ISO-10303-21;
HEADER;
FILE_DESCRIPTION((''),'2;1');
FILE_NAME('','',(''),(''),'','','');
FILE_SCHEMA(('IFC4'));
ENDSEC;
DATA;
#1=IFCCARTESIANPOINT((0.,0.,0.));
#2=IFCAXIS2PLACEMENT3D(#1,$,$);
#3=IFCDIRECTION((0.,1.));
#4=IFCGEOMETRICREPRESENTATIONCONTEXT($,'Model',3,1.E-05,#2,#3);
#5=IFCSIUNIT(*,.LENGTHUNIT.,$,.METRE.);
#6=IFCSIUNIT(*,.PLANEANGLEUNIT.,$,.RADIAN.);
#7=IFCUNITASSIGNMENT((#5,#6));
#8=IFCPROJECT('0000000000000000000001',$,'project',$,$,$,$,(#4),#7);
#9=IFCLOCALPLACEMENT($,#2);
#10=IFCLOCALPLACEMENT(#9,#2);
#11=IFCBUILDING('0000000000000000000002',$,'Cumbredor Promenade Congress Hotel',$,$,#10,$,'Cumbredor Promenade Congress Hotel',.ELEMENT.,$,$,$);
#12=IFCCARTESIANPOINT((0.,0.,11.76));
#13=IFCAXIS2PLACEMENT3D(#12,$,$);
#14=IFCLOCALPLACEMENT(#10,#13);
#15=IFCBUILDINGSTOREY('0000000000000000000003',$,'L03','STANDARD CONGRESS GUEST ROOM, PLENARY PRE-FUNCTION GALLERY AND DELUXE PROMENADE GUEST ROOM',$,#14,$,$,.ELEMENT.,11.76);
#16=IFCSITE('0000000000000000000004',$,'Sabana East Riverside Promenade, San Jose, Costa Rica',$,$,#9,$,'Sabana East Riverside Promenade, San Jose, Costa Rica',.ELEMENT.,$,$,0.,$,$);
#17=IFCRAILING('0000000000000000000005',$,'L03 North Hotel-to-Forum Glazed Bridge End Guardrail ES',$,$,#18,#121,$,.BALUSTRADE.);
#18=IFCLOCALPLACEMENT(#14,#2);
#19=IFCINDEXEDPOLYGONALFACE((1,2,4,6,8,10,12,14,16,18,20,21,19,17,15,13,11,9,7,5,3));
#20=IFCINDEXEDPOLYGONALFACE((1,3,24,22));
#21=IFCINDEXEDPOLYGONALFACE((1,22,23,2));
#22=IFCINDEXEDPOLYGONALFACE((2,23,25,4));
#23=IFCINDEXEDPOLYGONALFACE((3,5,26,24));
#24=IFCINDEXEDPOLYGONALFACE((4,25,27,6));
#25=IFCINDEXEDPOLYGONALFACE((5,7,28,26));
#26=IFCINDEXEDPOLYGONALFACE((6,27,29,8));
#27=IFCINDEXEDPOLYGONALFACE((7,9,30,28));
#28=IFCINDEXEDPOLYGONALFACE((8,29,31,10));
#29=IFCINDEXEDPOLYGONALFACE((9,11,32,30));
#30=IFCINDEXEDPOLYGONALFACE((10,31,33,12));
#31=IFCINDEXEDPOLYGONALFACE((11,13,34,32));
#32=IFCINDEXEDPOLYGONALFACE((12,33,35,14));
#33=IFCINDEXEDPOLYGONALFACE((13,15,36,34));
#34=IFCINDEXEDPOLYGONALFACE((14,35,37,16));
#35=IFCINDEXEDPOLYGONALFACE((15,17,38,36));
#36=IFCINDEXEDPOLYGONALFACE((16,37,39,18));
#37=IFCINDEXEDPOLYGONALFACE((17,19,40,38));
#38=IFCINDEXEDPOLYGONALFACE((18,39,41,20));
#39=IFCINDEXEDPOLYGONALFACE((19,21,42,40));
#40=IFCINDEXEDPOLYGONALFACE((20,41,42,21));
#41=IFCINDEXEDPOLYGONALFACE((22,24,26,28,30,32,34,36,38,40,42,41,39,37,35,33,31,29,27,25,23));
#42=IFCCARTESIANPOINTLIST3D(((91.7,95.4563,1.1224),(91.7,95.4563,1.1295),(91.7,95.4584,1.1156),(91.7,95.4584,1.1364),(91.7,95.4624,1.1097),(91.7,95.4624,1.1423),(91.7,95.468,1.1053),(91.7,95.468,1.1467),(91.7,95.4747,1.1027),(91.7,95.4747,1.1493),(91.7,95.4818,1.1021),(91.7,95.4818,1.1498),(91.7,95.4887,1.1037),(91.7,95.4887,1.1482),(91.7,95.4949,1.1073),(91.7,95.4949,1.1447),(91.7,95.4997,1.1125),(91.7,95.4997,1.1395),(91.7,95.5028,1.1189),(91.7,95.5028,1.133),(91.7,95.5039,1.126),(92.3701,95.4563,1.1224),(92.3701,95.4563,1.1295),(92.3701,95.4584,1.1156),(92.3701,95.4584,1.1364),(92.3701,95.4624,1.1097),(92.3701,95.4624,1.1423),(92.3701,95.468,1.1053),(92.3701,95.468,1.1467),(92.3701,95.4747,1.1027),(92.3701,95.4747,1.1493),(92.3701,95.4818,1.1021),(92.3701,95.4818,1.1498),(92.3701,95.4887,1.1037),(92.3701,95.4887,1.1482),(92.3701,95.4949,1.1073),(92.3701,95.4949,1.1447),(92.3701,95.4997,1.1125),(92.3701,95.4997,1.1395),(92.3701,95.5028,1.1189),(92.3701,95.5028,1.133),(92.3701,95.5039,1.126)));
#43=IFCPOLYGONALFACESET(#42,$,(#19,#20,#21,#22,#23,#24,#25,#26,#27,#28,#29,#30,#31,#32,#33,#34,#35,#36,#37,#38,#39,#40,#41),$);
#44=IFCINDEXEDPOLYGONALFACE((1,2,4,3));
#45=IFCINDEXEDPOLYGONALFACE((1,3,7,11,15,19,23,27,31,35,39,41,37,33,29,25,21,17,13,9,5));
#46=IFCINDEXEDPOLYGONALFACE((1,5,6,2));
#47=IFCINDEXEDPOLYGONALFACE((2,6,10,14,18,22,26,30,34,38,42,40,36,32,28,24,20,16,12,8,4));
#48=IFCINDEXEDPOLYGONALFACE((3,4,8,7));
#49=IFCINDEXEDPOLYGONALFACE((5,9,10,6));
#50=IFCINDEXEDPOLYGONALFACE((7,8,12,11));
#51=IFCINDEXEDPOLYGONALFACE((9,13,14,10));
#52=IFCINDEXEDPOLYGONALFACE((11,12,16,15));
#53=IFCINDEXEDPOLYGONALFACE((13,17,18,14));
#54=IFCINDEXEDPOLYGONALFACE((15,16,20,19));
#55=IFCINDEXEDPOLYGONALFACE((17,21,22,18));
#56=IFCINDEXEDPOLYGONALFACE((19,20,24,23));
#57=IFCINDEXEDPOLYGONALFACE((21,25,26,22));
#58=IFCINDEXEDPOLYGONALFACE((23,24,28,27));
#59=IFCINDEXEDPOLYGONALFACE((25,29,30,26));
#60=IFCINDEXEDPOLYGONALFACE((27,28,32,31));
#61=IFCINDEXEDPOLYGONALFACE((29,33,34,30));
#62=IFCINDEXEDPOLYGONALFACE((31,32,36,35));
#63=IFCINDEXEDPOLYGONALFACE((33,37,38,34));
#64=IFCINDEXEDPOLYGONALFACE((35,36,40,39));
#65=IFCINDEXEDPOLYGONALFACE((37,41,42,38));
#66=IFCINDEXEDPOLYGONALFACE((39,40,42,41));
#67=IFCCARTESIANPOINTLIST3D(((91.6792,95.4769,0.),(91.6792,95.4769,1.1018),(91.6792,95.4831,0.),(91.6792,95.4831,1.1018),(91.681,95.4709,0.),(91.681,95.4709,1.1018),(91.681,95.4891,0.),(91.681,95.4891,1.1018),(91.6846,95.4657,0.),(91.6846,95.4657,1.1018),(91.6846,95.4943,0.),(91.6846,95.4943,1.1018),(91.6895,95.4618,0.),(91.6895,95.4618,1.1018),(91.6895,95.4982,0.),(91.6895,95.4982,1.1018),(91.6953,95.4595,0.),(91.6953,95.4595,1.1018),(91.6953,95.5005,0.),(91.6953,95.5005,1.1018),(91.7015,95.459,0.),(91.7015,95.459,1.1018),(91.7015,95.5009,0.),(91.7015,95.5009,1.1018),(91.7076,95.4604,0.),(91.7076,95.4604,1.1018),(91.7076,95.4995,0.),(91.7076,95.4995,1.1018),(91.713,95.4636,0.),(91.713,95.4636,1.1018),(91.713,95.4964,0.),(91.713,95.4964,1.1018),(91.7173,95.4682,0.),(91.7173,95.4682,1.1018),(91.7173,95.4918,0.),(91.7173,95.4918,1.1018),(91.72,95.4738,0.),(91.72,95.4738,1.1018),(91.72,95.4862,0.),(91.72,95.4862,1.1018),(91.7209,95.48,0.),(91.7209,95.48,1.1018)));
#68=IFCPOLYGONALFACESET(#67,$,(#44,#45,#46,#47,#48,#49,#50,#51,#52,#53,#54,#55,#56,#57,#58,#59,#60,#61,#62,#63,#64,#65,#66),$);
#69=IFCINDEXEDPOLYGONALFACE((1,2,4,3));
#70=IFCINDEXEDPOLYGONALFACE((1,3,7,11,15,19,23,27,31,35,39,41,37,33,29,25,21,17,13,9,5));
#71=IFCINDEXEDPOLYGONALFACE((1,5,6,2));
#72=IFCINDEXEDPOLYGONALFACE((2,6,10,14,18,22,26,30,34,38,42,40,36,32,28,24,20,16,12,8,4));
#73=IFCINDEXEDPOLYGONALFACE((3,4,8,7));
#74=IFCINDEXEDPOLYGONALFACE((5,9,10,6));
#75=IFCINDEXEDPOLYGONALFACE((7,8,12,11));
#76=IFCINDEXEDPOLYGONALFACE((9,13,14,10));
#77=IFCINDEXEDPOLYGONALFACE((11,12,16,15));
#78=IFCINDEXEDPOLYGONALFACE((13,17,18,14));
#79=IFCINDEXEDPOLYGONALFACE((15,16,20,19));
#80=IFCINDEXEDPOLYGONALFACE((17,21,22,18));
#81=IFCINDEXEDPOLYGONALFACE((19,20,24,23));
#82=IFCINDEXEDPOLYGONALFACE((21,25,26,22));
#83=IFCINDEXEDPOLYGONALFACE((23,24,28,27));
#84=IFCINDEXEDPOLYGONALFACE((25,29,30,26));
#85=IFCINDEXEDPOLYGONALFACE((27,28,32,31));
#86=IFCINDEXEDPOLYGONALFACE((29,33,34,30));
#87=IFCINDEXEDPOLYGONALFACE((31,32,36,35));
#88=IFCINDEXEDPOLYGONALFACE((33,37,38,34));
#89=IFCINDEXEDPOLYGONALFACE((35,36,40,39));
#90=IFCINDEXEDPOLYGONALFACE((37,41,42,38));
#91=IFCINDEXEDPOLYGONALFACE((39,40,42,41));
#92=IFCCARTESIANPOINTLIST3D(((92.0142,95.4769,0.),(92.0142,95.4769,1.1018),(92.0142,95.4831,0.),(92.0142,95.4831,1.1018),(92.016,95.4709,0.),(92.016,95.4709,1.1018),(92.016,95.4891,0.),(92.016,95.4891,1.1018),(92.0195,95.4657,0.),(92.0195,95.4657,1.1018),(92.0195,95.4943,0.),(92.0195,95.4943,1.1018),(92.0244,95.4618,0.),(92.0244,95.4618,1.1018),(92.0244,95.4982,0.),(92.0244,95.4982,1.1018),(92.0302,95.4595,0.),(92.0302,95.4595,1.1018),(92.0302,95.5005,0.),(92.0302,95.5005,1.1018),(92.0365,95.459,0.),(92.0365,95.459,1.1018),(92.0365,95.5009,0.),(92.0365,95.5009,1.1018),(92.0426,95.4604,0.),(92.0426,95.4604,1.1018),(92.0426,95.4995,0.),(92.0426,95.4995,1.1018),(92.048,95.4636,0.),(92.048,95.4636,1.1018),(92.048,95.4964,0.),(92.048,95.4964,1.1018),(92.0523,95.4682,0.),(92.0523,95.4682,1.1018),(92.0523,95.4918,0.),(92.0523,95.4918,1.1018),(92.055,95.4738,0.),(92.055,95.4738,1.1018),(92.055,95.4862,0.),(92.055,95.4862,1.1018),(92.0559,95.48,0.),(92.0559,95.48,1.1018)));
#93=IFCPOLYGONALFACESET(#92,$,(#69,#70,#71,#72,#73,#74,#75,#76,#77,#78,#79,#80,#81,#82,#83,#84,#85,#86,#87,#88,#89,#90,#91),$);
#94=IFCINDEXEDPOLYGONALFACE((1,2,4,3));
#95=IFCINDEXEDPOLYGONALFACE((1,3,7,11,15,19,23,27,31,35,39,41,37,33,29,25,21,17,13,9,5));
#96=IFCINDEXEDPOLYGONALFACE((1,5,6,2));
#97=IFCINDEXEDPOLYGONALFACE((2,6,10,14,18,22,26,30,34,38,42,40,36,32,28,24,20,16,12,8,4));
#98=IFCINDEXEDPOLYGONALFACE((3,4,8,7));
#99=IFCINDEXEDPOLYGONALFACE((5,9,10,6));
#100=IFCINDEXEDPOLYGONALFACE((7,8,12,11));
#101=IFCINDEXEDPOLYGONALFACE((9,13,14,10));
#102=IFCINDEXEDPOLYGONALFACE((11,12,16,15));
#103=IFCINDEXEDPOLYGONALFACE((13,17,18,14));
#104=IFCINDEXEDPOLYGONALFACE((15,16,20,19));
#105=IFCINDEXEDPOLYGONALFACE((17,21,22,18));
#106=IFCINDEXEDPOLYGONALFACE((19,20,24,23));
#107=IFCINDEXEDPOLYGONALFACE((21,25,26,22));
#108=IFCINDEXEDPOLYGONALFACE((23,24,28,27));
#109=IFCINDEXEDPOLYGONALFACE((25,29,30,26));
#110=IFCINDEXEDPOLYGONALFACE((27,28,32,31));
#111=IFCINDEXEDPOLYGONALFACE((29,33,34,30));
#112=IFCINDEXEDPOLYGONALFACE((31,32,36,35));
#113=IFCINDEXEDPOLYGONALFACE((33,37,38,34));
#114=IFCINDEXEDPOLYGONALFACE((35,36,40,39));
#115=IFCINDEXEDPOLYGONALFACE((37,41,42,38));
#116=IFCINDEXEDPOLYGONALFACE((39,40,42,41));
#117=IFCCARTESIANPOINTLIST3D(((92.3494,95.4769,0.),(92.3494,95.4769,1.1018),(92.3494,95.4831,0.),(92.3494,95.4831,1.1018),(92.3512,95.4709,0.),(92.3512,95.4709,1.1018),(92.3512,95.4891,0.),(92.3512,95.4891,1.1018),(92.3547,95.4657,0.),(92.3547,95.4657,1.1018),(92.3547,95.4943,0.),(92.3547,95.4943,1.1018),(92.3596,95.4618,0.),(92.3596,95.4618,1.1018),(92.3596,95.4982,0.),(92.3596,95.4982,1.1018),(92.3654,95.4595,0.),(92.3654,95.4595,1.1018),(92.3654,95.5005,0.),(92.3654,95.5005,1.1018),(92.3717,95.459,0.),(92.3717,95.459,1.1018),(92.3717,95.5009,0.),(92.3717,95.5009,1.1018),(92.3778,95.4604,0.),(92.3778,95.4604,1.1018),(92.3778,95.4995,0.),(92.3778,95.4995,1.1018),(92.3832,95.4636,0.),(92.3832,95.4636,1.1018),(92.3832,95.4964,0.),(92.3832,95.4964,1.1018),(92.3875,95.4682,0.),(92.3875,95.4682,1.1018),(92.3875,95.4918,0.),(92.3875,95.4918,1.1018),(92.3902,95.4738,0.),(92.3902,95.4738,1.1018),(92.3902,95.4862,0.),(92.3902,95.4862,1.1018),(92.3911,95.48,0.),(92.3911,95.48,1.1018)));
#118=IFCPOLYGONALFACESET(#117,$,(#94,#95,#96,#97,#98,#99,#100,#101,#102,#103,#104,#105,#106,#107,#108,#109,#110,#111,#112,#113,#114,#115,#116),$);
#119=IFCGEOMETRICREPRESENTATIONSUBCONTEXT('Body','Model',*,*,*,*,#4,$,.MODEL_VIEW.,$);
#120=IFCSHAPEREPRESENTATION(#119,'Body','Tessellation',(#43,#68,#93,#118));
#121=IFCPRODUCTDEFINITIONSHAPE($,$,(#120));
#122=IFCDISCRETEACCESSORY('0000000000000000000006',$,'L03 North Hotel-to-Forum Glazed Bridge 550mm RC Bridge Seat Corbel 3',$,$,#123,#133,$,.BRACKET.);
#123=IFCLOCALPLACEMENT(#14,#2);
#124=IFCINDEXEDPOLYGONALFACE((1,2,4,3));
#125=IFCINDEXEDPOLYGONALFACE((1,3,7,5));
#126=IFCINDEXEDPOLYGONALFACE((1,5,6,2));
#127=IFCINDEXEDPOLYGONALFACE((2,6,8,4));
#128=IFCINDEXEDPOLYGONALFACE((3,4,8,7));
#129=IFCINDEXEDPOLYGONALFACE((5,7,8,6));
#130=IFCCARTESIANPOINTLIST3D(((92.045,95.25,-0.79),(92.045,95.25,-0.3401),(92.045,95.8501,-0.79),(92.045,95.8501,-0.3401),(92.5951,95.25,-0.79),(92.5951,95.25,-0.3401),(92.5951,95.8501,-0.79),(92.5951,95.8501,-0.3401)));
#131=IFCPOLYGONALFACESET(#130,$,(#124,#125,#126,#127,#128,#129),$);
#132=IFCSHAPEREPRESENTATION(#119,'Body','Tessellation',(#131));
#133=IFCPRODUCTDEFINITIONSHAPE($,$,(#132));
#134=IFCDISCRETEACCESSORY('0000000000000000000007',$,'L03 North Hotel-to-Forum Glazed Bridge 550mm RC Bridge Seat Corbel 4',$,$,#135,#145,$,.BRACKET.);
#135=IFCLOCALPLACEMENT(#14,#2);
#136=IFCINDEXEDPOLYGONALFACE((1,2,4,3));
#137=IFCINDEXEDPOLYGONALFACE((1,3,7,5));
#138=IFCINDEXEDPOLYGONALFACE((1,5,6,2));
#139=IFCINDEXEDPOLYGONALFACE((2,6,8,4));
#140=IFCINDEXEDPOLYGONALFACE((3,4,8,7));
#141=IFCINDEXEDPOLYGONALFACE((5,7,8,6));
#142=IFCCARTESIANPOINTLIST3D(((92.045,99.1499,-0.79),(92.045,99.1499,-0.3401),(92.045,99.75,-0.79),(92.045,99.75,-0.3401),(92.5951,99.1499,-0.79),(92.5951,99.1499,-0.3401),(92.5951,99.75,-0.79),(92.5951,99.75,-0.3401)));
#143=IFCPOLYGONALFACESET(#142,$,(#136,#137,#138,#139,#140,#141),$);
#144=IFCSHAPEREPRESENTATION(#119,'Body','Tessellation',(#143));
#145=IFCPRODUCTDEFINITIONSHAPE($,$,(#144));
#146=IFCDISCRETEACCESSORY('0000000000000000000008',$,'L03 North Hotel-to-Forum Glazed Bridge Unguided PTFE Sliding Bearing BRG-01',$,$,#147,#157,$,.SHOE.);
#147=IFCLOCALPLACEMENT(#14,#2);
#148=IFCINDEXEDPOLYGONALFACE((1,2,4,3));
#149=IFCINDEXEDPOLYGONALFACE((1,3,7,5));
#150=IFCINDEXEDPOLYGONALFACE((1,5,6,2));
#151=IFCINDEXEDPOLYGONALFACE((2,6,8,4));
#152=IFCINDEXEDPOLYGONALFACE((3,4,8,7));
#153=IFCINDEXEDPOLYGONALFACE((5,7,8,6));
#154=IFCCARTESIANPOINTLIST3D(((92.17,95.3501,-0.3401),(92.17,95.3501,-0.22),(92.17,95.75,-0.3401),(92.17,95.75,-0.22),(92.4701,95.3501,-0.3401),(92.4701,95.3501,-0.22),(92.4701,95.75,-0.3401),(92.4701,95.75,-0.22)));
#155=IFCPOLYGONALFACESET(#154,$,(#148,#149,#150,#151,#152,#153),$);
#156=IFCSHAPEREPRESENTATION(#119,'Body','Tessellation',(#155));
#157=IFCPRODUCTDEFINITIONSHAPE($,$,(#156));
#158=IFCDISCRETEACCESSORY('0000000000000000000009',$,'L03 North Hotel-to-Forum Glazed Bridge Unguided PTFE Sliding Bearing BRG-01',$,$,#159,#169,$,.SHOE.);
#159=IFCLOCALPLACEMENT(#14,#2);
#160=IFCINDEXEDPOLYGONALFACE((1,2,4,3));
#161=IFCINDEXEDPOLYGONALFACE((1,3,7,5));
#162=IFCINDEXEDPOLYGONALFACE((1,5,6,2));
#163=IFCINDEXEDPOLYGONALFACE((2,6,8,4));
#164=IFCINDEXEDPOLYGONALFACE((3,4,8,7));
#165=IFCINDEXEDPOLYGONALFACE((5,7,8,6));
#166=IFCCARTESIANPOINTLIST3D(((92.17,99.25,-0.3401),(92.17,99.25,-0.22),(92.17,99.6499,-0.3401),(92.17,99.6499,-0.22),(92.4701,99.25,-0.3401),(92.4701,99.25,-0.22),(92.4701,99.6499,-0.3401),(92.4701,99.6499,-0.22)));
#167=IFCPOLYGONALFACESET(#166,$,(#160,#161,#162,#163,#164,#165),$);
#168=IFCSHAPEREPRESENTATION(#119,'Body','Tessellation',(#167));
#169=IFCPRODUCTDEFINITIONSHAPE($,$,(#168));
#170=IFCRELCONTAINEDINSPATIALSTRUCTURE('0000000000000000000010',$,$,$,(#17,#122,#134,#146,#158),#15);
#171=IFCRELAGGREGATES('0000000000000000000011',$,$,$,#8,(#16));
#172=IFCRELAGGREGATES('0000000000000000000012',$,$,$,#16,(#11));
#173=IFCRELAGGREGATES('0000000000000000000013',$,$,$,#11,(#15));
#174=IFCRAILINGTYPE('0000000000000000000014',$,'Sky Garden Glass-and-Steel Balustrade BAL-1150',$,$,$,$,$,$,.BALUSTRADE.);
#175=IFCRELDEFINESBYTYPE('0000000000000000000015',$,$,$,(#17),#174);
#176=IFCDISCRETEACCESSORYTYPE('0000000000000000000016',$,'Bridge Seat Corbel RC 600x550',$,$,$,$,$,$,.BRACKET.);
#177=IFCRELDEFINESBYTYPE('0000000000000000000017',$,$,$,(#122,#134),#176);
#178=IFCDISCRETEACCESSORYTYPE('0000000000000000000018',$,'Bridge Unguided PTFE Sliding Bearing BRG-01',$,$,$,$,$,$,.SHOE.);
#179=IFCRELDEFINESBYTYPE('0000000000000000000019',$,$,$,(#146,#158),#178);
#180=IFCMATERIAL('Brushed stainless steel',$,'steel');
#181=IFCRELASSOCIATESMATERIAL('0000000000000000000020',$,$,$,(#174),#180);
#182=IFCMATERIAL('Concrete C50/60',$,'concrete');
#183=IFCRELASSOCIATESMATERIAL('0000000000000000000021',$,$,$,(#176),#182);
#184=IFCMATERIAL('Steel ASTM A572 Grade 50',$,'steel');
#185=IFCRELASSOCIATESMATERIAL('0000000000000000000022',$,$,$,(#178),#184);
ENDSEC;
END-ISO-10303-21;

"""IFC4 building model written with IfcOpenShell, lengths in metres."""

from ifc_helpers import new_model, si_unit, direction, frame, origin, origin_2d, place, context, subcontext, project, spatial, rectangle, circle, extrude, material, type_object, element, save


model = new_model("IFC4")

# Units and contexts
model_context = context("Model", 3, precision=1e-05, world=origin(), true_north=direction((0.0, 1.0)))
body_context = subcontext(model_context, "Body", "Model", "MODEL_VIEW")
ifc_project = project(units=[si_unit("LENGTHUNIT", "METRE"), si_unit("PLANEANGLEUNIT", "RADIAN")], contexts=[model_context])

# Site, building, storey
site_placement = place(None, origin())
site = spatial("IfcSite", under=ifc_project, at=site_placement, Name="Sabana East Riverside Promenade, San Jose, Costa Rica", LongName="Sabana East Riverside Promenade, San Jose, Costa Rica", CompositionType="ELEMENT", RefElevation=0.0)
building_placement = place(site_placement, origin())
building = spatial("IfcBuilding", under=site, at=building_placement, Name="Cumbredor Promenade Congress Hotel", LongName="Cumbredor Promenade Congress Hotel", CompositionType="ELEMENT")
storey_placement = place(building_placement, frame((0.0, 0.0, 11.76)))
storey = spatial("IfcBuildingStorey", under=building, at=storey_placement, Name="L03", Description="STANDARD CONGRESS GUEST ROOM, PLENARY PRE-FUNCTION GALLERY AND DELUXE PROMENADE GUEST ROOM", CompositionType="ELEMENT", Elevation=11.76)

# Shared definitions
ifc_material_1 = material(Name="Steel ASTM A572 Grade 50", Category="steel")

# Railing
ifc_material_2 = material(Name="Brushed stainless steel", Category="steel")
railing_type = type_object("IfcRailingType", Name="Sky Garden Glass-and-Steel Balustrade BAL-1150", PredefinedType="BALUSTRADE", material=ifc_material_2)
railing_placement = place(storey_placement, frame((91.7, 95.48, 0.0)))
element("IfcRailing", 1, at=railing_placement, inside=storey, type_object=railing_type, Name="L03 North Hotel-to-Forum Glazed Bridge End Guardrail ES", PredefinedType="BALUSTRADE", context=body_context, shape_type="SweptSolid", body=[
    extrude(circle(Radius=0.0239, at=origin_2d()), frame((0.0, 0.0, 1.126), z_axis=(1.0, 0.0, 0.0), x_axis=(0.0, 1.0, 0.0)), (0.0, 0.0, 1.0), 0.6702),
    extrude(circle(Radius=0.021, at=origin_2d()), origin(), (0.0, 0.0, 1.0), 1.1018),
    extrude(circle(Radius=0.021, at=origin_2d()), frame((0.335, 0.0, 0.0)), (0.0, 0.0, 1.0), 1.1018),
    extrude(circle(Radius=0.021, at=origin_2d()), frame((0.6702, 0.0, 0.0)), (0.0, 0.0, 1.0), 1.1018),
])

# Discrete accessories
ifc_material_3 = material(Name="Concrete C50/60", Category="concrete")
discrete_accessory_type_1 = type_object("IfcDiscreteAccessoryType", Name="Bridge Seat Corbel RC 600x550", PredefinedType="BRACKET", material=ifc_material_3)
for number, where, z_axis, x_axis, name in (
    (2, (92.3201, 95.55, -0.79), (0.0, 0.0, 1.0), (1.0, 0.0, 0.0), "L03 North Hotel-to-Forum Glazed Bridge 550mm RC Bridge Seat Corbel 3"),
    (3, (92.3201, 99.45, -0.79), (0.0, 0.0, 1.0), (1.0, 0.0, 0.0), "L03 North Hotel-to-Forum Glazed Bridge 550mm RC Bridge Seat Corbel 4"),
):
    element("IfcDiscreteAccessory", number, at=place(storey_placement, frame(where, z_axis=z_axis, x_axis=x_axis)), inside=storey, type_object=discrete_accessory_type_1, Name=name, PredefinedType="BRACKET", context=body_context, shape_type="SweptSolid", body=[
        extrude(rectangle(XDim=0.55, YDim=0.6001, at=origin_2d()), origin(), (0.0, 0.0, 1.0), 0.45),
    ])
discrete_accessory_type_2 = type_object("IfcDiscreteAccessoryType", Name="Bridge Unguided PTFE Sliding Bearing BRG-01", PredefinedType="SHOE", material=ifc_material_1)
for number, where, z_axis, x_axis, name in (
    (4, (92.3201, 95.55, -0.3401), (0.0, 0.0, 1.0), (1.0, 0.0, 0.0), "L03 North Hotel-to-Forum Glazed Bridge Unguided PTFE Sliding Bearing BRG-01"),
    (5, (92.3201, 99.45, -0.3401), (0.0, 0.0, 1.0), (1.0, 0.0, 0.0), "L03 North Hotel-to-Forum Glazed Bridge Unguided PTFE Sliding Bearing BRG-01"),
):
    element("IfcDiscreteAccessory", number, at=place(storey_placement, frame(where, z_axis=z_axis, x_axis=x_axis)), inside=storey, type_object=discrete_accessory_type_2, Name=name, PredefinedType="SHOE", context=body_context, shape_type="SweptSolid", body=[
        extrude(rectangle(XDim=0.3, YDim=0.3999, at=origin_2d()), origin(), (0.0, 0.0, 1.0), 0.1201),
    ])

save(model, "model.ifc")
